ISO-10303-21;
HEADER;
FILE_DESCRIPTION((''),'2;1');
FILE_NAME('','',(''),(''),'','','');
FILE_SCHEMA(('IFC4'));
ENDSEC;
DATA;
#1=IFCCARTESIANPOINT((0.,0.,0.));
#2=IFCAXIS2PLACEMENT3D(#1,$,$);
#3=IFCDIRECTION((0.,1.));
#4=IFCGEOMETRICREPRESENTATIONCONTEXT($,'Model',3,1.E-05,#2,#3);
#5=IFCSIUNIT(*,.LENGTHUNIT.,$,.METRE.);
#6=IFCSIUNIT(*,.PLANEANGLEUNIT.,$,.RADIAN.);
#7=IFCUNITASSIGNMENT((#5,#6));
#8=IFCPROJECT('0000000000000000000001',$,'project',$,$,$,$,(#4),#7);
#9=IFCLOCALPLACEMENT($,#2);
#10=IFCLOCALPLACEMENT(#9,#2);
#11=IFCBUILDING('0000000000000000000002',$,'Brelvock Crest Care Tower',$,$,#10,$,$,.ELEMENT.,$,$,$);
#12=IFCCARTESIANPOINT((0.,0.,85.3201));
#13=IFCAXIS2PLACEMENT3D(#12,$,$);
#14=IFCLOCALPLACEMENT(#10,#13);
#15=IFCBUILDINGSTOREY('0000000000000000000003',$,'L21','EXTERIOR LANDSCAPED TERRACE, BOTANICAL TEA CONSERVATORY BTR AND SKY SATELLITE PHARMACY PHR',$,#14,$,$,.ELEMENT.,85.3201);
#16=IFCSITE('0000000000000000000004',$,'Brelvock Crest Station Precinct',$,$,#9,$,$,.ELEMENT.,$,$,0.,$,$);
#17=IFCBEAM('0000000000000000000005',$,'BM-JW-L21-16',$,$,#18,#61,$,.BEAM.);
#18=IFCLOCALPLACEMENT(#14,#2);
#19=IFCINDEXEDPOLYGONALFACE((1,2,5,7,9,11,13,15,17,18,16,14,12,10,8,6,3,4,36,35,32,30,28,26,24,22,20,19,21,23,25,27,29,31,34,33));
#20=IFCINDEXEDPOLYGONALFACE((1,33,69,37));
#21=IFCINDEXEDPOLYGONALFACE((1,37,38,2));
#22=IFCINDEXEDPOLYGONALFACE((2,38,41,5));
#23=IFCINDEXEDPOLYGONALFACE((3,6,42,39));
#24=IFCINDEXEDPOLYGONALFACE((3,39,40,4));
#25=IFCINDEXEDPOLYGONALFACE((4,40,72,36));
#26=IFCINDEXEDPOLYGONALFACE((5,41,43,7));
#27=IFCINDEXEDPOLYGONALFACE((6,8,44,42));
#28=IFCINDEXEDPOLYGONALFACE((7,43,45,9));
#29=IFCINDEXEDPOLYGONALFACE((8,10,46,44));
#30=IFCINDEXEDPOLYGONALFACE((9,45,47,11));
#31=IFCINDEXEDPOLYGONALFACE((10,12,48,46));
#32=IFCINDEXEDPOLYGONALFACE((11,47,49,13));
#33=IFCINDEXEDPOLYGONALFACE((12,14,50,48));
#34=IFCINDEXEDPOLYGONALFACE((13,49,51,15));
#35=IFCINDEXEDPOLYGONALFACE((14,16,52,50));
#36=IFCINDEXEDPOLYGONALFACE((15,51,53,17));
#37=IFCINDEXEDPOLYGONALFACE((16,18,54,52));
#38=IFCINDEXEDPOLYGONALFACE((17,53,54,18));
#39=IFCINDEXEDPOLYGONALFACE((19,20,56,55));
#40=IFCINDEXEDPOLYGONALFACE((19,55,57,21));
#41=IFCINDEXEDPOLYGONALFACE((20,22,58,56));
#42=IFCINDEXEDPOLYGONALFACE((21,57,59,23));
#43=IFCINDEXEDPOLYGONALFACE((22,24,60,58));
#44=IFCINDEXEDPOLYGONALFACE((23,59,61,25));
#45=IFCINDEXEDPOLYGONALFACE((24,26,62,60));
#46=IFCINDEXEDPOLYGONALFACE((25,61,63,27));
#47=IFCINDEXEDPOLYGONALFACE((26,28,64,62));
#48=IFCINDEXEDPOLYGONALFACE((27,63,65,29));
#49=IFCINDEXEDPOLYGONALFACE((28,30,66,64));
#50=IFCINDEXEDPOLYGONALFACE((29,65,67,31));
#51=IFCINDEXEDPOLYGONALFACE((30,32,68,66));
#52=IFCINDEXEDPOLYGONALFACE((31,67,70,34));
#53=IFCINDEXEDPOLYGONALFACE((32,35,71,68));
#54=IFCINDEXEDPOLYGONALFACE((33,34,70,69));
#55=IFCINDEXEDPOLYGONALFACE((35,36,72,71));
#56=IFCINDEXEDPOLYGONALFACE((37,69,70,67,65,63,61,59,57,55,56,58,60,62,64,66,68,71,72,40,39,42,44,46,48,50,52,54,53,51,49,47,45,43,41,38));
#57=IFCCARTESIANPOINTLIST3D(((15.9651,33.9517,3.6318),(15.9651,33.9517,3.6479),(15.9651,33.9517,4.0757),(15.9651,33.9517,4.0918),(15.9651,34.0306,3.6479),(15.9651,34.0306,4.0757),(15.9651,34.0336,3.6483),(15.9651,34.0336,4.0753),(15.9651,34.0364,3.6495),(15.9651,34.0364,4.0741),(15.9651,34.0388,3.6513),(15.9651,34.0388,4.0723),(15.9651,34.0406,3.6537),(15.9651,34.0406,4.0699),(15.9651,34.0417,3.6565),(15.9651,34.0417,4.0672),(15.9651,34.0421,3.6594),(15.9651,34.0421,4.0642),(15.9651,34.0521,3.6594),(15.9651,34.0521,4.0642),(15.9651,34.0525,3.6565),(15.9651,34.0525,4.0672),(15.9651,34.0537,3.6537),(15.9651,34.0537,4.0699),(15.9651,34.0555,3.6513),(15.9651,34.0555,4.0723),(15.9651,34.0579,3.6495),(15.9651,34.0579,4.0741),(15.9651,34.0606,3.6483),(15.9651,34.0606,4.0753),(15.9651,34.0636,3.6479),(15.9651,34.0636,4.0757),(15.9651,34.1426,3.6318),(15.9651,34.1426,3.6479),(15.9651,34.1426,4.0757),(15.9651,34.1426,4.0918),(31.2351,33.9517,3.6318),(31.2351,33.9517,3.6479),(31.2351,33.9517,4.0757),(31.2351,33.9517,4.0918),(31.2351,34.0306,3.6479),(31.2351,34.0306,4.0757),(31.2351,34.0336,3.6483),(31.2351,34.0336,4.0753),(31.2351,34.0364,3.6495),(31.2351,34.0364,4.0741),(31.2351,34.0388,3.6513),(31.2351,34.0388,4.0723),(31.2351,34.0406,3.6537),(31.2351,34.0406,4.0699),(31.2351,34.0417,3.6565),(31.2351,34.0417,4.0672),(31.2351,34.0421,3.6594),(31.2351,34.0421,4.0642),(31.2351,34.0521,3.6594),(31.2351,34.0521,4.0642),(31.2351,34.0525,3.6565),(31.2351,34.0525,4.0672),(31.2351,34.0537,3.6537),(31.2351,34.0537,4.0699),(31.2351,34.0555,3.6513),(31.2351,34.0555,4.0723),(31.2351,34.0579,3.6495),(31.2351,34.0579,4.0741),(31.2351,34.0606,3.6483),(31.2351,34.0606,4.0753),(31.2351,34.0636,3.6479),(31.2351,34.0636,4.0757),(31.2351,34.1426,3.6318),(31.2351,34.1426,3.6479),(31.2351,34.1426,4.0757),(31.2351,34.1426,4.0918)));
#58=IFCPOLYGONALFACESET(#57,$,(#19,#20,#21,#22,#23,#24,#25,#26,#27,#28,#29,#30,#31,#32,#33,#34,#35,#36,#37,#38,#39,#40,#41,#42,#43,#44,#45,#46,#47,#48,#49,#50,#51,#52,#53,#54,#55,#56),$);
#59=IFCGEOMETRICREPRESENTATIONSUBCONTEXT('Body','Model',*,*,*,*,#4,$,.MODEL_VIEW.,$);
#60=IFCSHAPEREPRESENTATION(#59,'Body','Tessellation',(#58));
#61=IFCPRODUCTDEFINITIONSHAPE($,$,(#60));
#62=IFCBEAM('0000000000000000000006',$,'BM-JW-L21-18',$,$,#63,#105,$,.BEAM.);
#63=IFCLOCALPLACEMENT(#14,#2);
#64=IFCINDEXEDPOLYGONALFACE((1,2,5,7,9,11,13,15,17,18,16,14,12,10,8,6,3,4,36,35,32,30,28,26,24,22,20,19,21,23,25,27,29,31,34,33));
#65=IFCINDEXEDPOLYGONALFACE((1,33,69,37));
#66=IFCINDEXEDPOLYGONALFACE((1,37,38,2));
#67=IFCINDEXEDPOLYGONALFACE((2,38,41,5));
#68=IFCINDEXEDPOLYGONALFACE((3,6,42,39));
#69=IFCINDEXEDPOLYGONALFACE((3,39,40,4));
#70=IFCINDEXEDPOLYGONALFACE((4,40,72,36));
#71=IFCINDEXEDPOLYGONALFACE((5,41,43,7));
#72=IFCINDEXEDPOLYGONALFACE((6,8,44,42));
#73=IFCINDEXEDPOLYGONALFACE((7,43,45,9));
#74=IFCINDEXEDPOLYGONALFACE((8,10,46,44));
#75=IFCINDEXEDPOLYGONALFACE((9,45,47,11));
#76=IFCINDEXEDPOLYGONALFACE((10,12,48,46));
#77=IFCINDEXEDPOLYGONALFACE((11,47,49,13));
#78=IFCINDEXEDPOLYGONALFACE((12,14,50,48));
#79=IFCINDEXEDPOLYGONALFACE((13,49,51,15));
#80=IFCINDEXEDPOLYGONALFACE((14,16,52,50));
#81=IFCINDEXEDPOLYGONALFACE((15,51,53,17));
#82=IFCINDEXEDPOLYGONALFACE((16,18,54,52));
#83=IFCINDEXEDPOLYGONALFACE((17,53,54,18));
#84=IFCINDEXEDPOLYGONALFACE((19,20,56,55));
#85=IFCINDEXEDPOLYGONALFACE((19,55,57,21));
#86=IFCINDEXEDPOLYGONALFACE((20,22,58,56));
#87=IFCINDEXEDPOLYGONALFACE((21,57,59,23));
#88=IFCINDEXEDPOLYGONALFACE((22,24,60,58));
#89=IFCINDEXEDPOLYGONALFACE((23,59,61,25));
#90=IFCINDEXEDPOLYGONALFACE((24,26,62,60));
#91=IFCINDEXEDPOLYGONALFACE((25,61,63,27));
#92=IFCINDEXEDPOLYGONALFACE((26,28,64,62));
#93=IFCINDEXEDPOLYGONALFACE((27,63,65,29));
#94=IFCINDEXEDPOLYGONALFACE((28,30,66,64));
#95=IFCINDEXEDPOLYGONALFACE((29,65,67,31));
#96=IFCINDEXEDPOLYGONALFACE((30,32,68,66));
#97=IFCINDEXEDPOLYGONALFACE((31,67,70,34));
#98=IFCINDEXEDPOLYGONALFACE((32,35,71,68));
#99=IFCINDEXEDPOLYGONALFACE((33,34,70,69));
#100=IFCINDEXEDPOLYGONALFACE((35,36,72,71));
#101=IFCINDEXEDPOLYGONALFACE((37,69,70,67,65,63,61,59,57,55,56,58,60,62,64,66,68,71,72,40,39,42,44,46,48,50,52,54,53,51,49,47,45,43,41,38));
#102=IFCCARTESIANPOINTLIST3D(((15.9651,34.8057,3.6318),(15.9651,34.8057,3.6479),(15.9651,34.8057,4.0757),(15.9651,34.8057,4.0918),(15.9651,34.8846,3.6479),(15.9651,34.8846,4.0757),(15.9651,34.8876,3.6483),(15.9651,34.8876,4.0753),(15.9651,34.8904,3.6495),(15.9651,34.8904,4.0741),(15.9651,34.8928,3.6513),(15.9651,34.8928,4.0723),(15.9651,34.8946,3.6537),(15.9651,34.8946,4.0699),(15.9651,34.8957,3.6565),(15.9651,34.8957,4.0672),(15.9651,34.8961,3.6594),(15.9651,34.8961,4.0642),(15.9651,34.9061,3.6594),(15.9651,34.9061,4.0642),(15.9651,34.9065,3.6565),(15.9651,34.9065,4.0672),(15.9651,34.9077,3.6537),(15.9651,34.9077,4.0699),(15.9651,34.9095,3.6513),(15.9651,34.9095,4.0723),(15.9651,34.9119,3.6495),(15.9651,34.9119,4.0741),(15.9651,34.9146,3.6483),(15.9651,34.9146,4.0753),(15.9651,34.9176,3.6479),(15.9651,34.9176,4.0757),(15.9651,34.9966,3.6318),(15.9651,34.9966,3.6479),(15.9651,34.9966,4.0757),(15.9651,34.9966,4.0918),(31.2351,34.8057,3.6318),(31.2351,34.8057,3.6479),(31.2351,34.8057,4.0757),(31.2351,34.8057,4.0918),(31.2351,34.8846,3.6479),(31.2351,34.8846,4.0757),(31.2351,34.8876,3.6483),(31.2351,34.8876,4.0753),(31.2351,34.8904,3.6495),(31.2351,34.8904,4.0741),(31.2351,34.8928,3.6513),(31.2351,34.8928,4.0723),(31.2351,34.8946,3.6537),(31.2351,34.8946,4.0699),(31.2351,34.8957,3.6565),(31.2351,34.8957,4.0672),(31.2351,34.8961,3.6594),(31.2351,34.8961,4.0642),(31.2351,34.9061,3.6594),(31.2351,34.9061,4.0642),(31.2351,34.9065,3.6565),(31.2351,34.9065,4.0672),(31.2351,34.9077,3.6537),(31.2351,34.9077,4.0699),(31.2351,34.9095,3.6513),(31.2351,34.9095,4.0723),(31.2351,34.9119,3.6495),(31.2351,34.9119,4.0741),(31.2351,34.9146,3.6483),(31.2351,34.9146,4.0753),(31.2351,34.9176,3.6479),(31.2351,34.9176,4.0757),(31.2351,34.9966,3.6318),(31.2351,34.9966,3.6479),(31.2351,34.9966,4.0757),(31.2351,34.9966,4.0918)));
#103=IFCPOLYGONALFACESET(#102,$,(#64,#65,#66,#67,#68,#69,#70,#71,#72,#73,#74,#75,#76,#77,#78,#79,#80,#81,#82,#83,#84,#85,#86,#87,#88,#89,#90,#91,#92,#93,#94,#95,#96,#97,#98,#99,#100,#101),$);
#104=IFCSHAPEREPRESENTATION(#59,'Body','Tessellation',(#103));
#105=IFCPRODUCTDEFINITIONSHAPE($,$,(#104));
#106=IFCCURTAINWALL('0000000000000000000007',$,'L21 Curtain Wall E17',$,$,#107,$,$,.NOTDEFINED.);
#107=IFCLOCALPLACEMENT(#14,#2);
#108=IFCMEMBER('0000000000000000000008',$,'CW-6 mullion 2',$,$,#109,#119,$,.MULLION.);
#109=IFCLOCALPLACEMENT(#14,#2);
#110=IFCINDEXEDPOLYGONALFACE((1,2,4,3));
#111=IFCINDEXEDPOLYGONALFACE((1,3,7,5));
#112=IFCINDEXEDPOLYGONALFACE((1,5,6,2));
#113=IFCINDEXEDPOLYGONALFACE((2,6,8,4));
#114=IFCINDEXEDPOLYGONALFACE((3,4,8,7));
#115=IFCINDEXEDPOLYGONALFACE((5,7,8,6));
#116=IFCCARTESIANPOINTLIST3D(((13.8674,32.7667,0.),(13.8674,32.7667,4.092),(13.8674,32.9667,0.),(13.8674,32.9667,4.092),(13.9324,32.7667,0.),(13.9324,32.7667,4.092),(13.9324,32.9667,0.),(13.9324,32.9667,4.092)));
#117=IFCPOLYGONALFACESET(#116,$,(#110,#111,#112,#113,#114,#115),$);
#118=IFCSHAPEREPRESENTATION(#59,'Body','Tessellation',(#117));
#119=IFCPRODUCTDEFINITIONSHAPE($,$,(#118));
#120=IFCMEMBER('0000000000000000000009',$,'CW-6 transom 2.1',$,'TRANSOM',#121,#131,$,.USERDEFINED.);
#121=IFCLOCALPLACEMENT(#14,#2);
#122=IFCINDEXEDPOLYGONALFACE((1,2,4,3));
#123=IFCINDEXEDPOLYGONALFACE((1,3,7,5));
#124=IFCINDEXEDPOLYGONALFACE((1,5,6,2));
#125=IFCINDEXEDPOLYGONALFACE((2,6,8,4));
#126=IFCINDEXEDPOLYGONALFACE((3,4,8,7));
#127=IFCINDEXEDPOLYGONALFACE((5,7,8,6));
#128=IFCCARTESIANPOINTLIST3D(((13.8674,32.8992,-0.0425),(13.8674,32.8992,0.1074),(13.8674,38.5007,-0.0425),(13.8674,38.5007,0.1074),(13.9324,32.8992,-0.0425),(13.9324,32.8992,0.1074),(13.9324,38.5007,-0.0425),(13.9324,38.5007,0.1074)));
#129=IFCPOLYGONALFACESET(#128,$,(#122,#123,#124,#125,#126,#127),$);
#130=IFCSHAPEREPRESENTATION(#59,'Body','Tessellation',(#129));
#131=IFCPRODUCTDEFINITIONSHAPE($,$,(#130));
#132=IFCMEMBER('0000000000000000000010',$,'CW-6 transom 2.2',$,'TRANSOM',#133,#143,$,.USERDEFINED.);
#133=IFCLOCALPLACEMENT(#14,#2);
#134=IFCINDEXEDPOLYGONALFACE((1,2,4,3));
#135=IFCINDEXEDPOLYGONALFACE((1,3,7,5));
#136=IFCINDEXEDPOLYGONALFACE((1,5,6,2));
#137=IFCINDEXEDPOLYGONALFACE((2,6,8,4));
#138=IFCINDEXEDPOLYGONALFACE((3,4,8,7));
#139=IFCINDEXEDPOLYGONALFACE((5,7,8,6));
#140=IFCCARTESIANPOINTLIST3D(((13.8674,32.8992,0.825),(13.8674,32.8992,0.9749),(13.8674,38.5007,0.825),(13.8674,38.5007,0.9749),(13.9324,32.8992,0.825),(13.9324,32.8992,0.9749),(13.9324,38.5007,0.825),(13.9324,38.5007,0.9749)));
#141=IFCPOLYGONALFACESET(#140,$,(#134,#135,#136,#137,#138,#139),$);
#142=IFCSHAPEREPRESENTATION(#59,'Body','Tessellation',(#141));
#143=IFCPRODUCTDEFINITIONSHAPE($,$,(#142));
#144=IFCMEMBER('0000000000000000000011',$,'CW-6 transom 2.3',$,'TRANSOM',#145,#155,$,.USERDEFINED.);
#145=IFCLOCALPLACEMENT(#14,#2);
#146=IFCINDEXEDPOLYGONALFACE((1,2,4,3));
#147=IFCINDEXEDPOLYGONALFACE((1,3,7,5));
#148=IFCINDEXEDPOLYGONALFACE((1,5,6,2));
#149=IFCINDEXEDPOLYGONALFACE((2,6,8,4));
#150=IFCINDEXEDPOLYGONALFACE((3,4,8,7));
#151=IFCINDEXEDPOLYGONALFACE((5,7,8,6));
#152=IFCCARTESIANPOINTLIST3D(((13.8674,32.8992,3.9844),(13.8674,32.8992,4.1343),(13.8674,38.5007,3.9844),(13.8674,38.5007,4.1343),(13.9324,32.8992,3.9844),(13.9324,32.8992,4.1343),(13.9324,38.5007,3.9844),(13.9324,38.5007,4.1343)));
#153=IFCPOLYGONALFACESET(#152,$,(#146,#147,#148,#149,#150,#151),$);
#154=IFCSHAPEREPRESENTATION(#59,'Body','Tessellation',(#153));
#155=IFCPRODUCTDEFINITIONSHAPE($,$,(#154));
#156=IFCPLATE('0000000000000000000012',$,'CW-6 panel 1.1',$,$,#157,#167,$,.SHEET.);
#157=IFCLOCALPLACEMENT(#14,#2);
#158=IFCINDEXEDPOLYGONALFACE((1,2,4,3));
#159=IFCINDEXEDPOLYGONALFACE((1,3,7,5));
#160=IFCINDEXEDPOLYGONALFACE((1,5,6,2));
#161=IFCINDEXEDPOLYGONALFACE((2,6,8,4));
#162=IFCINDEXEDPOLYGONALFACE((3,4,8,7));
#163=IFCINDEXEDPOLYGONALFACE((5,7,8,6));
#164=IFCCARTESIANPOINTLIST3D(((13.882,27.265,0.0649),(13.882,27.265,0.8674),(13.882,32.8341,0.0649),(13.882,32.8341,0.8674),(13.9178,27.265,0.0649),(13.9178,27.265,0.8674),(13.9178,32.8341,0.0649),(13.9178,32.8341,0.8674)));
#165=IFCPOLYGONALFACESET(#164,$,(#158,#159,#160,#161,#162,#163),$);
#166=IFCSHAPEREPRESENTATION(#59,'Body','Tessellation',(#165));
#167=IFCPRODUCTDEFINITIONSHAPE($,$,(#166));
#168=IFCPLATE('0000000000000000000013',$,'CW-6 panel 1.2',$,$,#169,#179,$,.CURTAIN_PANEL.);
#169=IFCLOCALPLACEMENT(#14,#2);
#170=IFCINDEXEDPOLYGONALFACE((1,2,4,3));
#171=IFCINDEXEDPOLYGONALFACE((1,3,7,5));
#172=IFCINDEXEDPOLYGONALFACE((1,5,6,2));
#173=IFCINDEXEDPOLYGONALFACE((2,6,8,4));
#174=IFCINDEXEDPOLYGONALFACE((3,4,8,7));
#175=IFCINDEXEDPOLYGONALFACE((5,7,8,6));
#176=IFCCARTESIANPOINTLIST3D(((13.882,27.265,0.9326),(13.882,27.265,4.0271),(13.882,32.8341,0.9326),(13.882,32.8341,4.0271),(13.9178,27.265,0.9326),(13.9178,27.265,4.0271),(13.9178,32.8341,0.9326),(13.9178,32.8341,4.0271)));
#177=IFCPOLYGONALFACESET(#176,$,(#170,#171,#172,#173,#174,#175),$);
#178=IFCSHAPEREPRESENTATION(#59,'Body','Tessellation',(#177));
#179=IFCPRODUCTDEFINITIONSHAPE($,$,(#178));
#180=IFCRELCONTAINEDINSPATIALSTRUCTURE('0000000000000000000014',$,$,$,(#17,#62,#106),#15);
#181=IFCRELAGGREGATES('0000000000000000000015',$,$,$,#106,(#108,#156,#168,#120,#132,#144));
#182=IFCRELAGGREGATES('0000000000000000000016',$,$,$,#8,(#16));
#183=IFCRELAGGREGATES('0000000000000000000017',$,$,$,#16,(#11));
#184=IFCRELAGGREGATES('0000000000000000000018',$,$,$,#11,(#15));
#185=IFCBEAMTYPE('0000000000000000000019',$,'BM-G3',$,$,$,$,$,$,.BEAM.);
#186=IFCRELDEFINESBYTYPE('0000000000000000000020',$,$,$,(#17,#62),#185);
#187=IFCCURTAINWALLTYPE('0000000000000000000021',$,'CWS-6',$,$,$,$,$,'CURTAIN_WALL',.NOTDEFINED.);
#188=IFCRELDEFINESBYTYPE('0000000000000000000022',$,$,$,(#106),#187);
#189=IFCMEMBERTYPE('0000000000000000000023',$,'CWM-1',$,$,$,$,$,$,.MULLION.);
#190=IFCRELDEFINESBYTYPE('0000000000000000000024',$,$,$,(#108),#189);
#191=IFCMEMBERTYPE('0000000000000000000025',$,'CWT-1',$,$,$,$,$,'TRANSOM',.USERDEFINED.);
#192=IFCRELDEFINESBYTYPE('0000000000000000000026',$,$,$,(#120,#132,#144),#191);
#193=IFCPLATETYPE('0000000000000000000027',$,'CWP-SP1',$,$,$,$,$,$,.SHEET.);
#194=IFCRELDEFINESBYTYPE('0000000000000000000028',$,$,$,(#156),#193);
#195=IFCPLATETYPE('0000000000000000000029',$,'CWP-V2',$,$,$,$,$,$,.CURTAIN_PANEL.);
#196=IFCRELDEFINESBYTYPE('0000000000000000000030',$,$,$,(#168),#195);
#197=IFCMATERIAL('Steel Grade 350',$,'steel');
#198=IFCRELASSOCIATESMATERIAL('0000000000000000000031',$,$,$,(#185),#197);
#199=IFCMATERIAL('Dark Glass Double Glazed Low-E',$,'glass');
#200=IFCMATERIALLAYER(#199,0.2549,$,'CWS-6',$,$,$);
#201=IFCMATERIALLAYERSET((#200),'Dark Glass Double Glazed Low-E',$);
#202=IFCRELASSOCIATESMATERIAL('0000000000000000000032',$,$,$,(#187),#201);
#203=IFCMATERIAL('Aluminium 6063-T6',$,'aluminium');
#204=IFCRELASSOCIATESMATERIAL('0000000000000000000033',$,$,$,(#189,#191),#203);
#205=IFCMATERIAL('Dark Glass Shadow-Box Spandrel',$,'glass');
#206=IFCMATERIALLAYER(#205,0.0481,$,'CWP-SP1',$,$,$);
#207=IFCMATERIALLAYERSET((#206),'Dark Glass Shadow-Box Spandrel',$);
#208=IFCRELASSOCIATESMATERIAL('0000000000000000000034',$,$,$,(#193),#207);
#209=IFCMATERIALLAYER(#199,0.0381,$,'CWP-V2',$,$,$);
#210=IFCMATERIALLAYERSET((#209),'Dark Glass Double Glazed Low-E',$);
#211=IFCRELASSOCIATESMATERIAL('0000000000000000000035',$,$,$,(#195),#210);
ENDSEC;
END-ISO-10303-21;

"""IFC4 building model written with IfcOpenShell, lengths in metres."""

from ifc_helpers import new_model, si_unit, direction, frame, origin, origin_2d, place, context, subcontext, project, spatial, rectangle, i_section, extrude, source, transform, mapped, material, layer, layer_set, material_profile, profile_set, type_object, element, aggregate, save


model = new_model("IFC4")

# Units and contexts
model_context = context("Model", 3, precision=1e-05, world=origin(), true_north=direction((0.0, 1.0)))
body_context = subcontext(model_context, "Body", "Model", "MODEL_VIEW")
ifc_project = project(units=[si_unit("LENGTHUNIT", "METRE"), si_unit("PLANEANGLEUNIT", "RADIAN")], contexts=[model_context])

# Site, building, storey
site_placement = place(None, origin())
site = spatial("IfcSite", under=ifc_project, at=site_placement, Name="Brelvock Crest Station Precinct", CompositionType="ELEMENT", RefElevation=0.0)
building_placement = place(site_placement, origin())
building = spatial("IfcBuilding", under=site, at=building_placement, Name="Brelvock Crest Care Tower", CompositionType="ELEMENT")
storey_placement = place(building_placement, frame((0.0, 0.0, 85.3201)))
storey = spatial("IfcBuildingStorey", under=building, at=storey_placement, Name="L21", Description="EXTERIOR LANDSCAPED TERRACE, BOTANICAL TEA CONSERVATORY BTR AND SKY SATELLITE PHARMACY PHR", CompositionType="ELEMENT", Elevation=85.3201)

# Shared definitions
ifc_material_1 = material(Name="Steel Grade 350", Category="steel")

# Beams
ifc_material_profile_1 = material_profile(ifc_material_1, i_section(OverallWidth=0.1909, OverallDepth=0.46, WebThickness=0.01, FlangeThickness=0.0161, FilletRadius=0.0115, at=origin_2d()), Name="460UB82.1")
ifc_profile_set_1 = profile_set([ifc_material_profile_1], Name="Steel Grade 350")
beam_type_1 = type_object("IfcBeamType", Name="BM-G3", PredefinedType="BEAM", material=ifc_profile_set_1)
shared_shape_1 = source(origin(), body_context, "Body", "SweptSolid", [
    extrude(i_section(OverallWidth=0.1909, OverallDepth=0.46, WebThickness=0.01, FlangeThickness=0.0161, FilletRadius=0.0115, at=origin_2d()), origin(), (0.0, 0.0, 1.0), 15.27),
])
for number, where, z_axis, x_axis, name in (
    (1, (15.9651, 34.0471, 3.8618), (1.0, 0.0, 0.0), (0.0, 1.0, 0.0), "BM-JW-L21-16"),
    (2, (15.9651, 34.9011, 3.8618), (1.0, 0.0, 0.0), (0.0, 1.0, 0.0), "BM-JW-L21-18"),
):
    element("IfcBeam", number, at=place(storey_placement, frame(where, z_axis=z_axis, x_axis=x_axis)), inside=storey, type_object=beam_type_1, Name=name, PredefinedType="BEAM", context=body_context, shape_type="MappedRepresentation", body=[
        mapped(shared_shape_1, transform((0.0, 0.0, 0.0), x_axis=(1.0, 0.0, 0.0), y_axis=(0.0, 1.0, 0.0), z_axis=(0.0, 0.0, 1.0), scale=1.0)),
    ])

# Curtain wall, members, plates
ifc_material_2 = material(Name="Dark Glass Double Glazed Low-E", Category="glass")
ifc_layer_1 = layer(ifc_material_2, 0.2549, Name="CWS-6")
ifc_layer_set_1 = layer_set([ifc_layer_1], Name="Dark Glass Double Glazed Low-E")
curtain_wall_type = type_object("IfcCurtainWallType", Name="CWS-6", ElementType="CURTAIN_WALL", PredefinedType="NOTDEFINED", material=ifc_layer_set_1)
curtain_wall_placement = place(storey_placement, origin())
curtain_wall = element("IfcCurtainWall", 3, at=curtain_wall_placement, inside=storey, type_object=curtain_wall_type, Name="L21 Curtain Wall E17", PredefinedType="NOTDEFINED")
ifc_material_3 = material(Name="Aluminium 6063-T6", Category="aluminium")
ifc_material_profile_2 = material_profile(ifc_material_3, rectangle(XDim=0.0649, YDim=0.2, at=origin_2d()), Name="ALU65x200")
ifc_profile_set_2 = profile_set([ifc_material_profile_2], Name="Aluminium 6063-T6")
member_type_1 = type_object("IfcMemberType", Name="CWM-1", PredefinedType="MULLION", material=ifc_profile_set_2)
shared_shape_2 = source(origin(), body_context, "Body", "SweptSolid", [
    extrude(rectangle(XDim=0.0649, YDim=0.2, at=origin_2d()), origin(), (0.0, 0.0, 1.0), 4.092),
])
member_1_placement = place(storey_placement, frame((13.8999, 32.8667, 0.0), z_axis=(0.0, 0.0, 1.0), x_axis=(-1.0, 0.0, 0.0)))
member_1 = element("IfcMember", 4, at=member_1_placement, type_object=member_type_1, Name="CW-6 mullion 2", PredefinedType="MULLION", context=body_context, shape_type="MappedRepresentation", body=[
    mapped(shared_shape_2, transform((0.0, 0.0, 0.0), x_axis=(1.0, 0.0, 0.0), y_axis=(0.0, 1.0, 0.0), z_axis=(0.0, 0.0, 1.0), scale=1.0)),
])
ifc_material_profile_3 = material_profile(ifc_material_3, rectangle(XDim=0.0649, YDim=0.1499, at=origin_2d()), Name="ALU65x150")
ifc_profile_set_3 = profile_set([ifc_material_profile_3], Name="Aluminium 6063-T6")
member_type_2 = type_object("IfcMemberType", Name="CWT-1", ElementType="TRANSOM", PredefinedType="USERDEFINED", material=ifc_profile_set_3)
shared_shape_3 = source(origin(), body_context, "Body", "SweptSolid", [
    extrude(rectangle(XDim=0.0649, YDim=0.1499, at=origin_2d()), origin(), (0.0, 0.0, 1.0), 5.6016),
])
member_2_placement = place(storey_placement, frame((13.8999, 32.8992, 0.0325), z_axis=(0.0, 1.0, 0.0), x_axis=(-1.0, 0.0, 0.0)))
member_2 = element("IfcMember", 5, at=member_2_placement, type_object=member_type_2, Name="CW-6 transom 2.1", ObjectType="TRANSOM", PredefinedType="USERDEFINED", context=body_context, shape_type="MappedRepresentation", body=[
    mapped(shared_shape_3, transform((0.0, 0.0, 0.0), x_axis=(1.0, 0.0, 0.0), y_axis=(0.0, 1.0, 0.0), z_axis=(0.0, 0.0, 1.0), scale=1.0)),
])
member_3_placement = place(storey_placement, frame((13.8999, 32.8992, 0.8999), z_axis=(0.0, 1.0, 0.0), x_axis=(-1.0, 0.0, 0.0)))
member_3 = element("IfcMember", 6, at=member_3_placement, type_object=member_type_2, Name="CW-6 transom 2.2", ObjectType="TRANSOM", PredefinedType="USERDEFINED", context=body_context, shape_type="MappedRepresentation", body=[
    mapped(shared_shape_3, transform((0.0, 0.0, 0.0), x_axis=(1.0, 0.0, 0.0), y_axis=(0.0, 1.0, 0.0), z_axis=(0.0, 0.0, 1.0), scale=1.0)),
])
member_4_placement = place(storey_placement, frame((13.8999, 32.8992, 4.0593), z_axis=(0.0, 1.0, 0.0), x_axis=(-1.0, 0.0, 0.0)))
member_4 = element("IfcMember", 7, at=member_4_placement, type_object=member_type_2, Name="CW-6 transom 2.3", ObjectType="TRANSOM", PredefinedType="USERDEFINED", context=body_context, shape_type="MappedRepresentation", body=[
    mapped(shared_shape_3, transform((0.0, 0.0, 0.0), x_axis=(1.0, 0.0, 0.0), y_axis=(0.0, 1.0, 0.0), z_axis=(0.0, 0.0, 1.0), scale=1.0)),
])
ifc_material_4 = material(Name="Dark Glass Shadow-Box Spandrel", Category="glass")
ifc_layer_2 = layer(ifc_material_4, 0.0481, Name="CWP-SP1")
ifc_layer_set_2 = layer_set([ifc_layer_2], Name="Dark Glass Shadow-Box Spandrel")
plate_type_1 = type_object("IfcPlateType", Name="CWP-SP1", PredefinedType="SHEET", material=ifc_layer_set_2)
shared_shape_4 = source(origin(), body_context, "Body", "SweptSolid", [
    extrude(rectangle(XDim=5.5691, YDim=0.0359, at=origin_2d()), origin(), (0.0, 0.0, 1.0), 0.8025),
])
plate_1_placement = place(storey_placement, frame((13.8999, 30.0496, 0.0649), z_axis=(0.0, 0.0, 1.0), x_axis=(0.0, 1.0, 0.0)))
plate_1 = element("IfcPlate", 8, at=plate_1_placement, type_object=plate_type_1, Name="CW-6 panel 1.1", PredefinedType="SHEET", context=body_context, shape_type="MappedRepresentation", body=[
    mapped(shared_shape_4, transform((0.0, 0.0, 0.0), x_axis=(1.0, 0.0, 0.0), y_axis=(0.0, 1.0, 0.0), z_axis=(0.0, 0.0, 1.0), scale=1.0)),
])
ifc_layer_3 = layer(ifc_material_2, 0.0381, Name="CWP-V2")
ifc_layer_set_3 = layer_set([ifc_layer_3], Name="Dark Glass Double Glazed Low-E")
plate_type_2 = type_object("IfcPlateType", Name="CWP-V2", PredefinedType="CURTAIN_PANEL", material=ifc_layer_set_3)
shared_shape_5 = source(origin(), body_context, "Body", "SweptSolid", [
    extrude(rectangle(XDim=5.5691, YDim=0.0359, at=origin_2d()), origin(), (0.0, 0.0, 1.0), 3.0945),
])
plate_2_placement = place(storey_placement, frame((13.8999, 30.0496, 0.9326), z_axis=(0.0, 0.0, 1.0), x_axis=(0.0, 1.0, 0.0)))
plate_2 = element("IfcPlate", 9, at=plate_2_placement, type_object=plate_type_2, Name="CW-6 panel 1.2", PredefinedType="CURTAIN_PANEL", context=body_context, shape_type="MappedRepresentation", body=[
    mapped(shared_shape_5, transform((0.0, 0.0, 0.0), x_axis=(1.0, 0.0, 0.0), y_axis=(0.0, 1.0, 0.0), z_axis=(0.0, 0.0, 1.0), scale=1.0)),
])
aggregate(curtain_wall, [member_1, plate_1, plate_2, member_2, member_3, member_4])

save(model, "model.ifc")
